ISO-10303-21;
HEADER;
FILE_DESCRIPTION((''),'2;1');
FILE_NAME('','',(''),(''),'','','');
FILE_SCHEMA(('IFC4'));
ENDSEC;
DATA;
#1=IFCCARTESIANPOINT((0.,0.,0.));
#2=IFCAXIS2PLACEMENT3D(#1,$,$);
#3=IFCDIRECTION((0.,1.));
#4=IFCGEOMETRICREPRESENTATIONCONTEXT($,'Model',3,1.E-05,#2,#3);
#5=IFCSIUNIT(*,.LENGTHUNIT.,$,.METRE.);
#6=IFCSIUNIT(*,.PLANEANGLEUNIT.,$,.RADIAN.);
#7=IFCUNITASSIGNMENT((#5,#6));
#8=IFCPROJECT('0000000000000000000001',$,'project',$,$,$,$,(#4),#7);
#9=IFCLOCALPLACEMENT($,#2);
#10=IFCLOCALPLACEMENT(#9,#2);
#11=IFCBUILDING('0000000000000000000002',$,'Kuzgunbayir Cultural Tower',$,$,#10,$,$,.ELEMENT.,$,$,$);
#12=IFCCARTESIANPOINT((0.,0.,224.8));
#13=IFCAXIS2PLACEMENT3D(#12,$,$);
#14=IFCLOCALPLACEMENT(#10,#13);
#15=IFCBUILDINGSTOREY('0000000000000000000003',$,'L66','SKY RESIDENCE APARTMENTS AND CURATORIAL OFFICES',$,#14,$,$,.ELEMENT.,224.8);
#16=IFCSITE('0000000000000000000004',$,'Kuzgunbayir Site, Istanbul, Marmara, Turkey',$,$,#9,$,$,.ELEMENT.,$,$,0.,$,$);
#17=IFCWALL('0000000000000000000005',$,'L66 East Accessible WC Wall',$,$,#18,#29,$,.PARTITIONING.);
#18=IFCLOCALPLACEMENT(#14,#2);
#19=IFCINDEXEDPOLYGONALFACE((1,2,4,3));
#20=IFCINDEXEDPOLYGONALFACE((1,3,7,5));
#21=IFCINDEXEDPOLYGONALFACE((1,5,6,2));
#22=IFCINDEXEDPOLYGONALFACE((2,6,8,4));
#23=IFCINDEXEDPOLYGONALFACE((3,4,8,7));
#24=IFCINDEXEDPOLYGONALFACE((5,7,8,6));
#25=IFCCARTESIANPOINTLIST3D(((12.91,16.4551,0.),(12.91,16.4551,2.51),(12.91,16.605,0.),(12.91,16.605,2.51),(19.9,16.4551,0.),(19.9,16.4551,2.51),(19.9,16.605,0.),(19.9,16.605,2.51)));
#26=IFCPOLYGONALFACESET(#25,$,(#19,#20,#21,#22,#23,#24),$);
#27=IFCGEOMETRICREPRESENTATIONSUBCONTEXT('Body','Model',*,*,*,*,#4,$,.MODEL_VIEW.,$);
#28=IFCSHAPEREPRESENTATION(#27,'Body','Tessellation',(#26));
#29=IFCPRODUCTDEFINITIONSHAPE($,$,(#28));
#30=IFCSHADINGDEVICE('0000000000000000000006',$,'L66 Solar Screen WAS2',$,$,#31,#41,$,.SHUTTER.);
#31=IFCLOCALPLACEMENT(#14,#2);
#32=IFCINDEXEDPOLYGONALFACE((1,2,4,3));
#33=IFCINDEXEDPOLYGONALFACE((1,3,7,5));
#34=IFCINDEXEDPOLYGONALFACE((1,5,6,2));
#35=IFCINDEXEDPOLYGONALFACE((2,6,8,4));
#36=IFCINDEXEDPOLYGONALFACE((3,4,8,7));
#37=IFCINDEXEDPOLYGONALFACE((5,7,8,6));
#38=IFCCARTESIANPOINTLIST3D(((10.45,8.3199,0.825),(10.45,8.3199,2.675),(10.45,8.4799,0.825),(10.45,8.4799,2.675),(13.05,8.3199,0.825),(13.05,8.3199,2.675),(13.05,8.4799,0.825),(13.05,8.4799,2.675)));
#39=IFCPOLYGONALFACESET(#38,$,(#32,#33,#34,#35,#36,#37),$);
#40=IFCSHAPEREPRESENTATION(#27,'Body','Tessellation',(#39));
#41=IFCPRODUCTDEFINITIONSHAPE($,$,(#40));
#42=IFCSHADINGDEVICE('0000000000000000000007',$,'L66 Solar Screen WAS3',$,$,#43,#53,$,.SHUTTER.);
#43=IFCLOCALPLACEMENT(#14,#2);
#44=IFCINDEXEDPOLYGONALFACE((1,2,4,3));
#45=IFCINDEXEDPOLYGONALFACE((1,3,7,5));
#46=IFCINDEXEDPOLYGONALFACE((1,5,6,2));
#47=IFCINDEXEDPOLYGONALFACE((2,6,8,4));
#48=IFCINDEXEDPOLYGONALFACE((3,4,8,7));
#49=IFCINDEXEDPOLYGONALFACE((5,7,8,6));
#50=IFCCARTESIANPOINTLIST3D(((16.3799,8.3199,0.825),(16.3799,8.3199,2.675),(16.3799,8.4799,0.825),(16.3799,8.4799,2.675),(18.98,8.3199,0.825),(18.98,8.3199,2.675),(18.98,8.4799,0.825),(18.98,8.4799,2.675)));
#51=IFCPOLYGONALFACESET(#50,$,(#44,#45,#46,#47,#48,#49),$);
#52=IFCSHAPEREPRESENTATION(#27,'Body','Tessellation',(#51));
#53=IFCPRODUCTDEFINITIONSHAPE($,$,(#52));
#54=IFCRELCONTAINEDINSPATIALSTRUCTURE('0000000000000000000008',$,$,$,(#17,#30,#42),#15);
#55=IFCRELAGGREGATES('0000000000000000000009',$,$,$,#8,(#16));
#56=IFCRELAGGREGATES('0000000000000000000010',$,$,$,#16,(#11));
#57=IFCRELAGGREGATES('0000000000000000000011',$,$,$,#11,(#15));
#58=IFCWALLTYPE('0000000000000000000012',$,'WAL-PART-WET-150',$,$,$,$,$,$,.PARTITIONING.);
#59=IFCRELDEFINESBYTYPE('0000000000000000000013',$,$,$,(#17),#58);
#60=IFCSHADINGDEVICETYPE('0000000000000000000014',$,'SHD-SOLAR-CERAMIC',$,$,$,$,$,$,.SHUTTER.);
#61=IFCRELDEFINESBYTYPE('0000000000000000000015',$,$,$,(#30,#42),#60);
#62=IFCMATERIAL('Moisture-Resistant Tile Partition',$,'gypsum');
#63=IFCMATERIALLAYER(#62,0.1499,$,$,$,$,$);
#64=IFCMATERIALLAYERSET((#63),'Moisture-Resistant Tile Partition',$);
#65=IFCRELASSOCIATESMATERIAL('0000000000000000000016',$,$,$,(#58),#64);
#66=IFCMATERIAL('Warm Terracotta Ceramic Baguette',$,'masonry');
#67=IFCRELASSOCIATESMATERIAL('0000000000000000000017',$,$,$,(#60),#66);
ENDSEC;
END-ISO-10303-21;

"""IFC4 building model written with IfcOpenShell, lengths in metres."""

from ifc_helpers import new_model, si_unit, direction, frame, frame_2d, origin, origin_2d, place, context, subcontext, project, spatial, rectangle, extrude, material, layer, layer_set, type_object, element, save


model = new_model("IFC4")

# Units and contexts
model_context = context("Model", 3, precision=1e-05, world=origin(), true_north=direction((0.0, 1.0)))
body_context = subcontext(model_context, "Body", "Model", "MODEL_VIEW")
ifc_project = project(units=[si_unit("LENGTHUNIT", "METRE"), si_unit("PLANEANGLEUNIT", "RADIAN")], contexts=[model_context])

# Site, building, storey
site_placement = place(None, origin())
site = spatial("IfcSite", under=ifc_project, at=site_placement, Name="Kuzgunbayir Site, Istanbul, Marmara, Turkey", CompositionType="ELEMENT", RefElevation=0.0)
building_placement = place(site_placement, origin())
building = spatial("IfcBuilding", under=site, at=building_placement, Name="Kuzgunbayir Cultural Tower", CompositionType="ELEMENT")
storey_placement = place(building_placement, frame((0.0, 0.0, 224.8)))
storey = spatial("IfcBuildingStorey", under=building, at=storey_placement, Name="L66", Description="SKY RESIDENCE APARTMENTS AND CURATORIAL OFFICES", CompositionType="ELEMENT", Elevation=224.8)

# Shared definitions
ifc_material_1 = material(Name="Moisture-Resistant Tile Partition", Category="gypsum")
ifc_layer_1 = layer(ifc_material_1, 0.1499)
ifc_layer_set_1 = layer_set([ifc_layer_1], Name="Moisture-Resistant Tile Partition")
wall_type_1 = type_object("IfcWallType", Name="WAL-PART-WET-150", PredefinedType="PARTITIONING", material=ifc_layer_set_1)

# Wall
wall_1_placement = place(storey_placement, frame((12.9099, 16.53, 0.0), z_axis=(0.0, 0.0, 1.0), x_axis=(1.0, 0.0, 0.0)))
element("IfcWall", 1, at=wall_1_placement, inside=storey, type_object=wall_type_1, Name="L66 East Accessible WC Wall", PredefinedType="PARTITIONING", context=body_context, shape_type="SweptSolid", body=[
    extrude(rectangle(XDim=6.99, YDim=0.1499, at=frame_2d((3.4951, 0.0))), origin(), (0.0, 0.0, 1.0), 2.51),
])

# Shading devices
ifc_material_2 = material(Name="Warm Terracotta Ceramic Baguette", Category="masonry")
shading_device_type = type_object("IfcShadingDeviceType", Name="SHD-SOLAR-CERAMIC", PredefinedType="SHUTTER", material=ifc_material_2)
for number, where, z_axis, x_axis, name in (
    (2, (11.75, 8.3999, 0.825), (0.0, 0.0, 1.0), (1.0, 0.0, 0.0), "L66 Solar Screen WAS2"),
    (3, (17.6799, 8.3999, 0.825), (0.0, 0.0, 1.0), (1.0, 0.0, 0.0), "L66 Solar Screen WAS3"),
):
    element("IfcShadingDevice", number, at=place(storey_placement, frame(where, z_axis=z_axis, x_axis=x_axis)), inside=storey, type_object=shading_device_type, Name=name, PredefinedType="SHUTTER", context=body_context, shape_type="SweptSolid", body=[
        extrude(rectangle(XDim=2.6001, YDim=0.1599, at=origin_2d()), origin(), (0.0, 0.0, 1.0), 1.8501),
    ])

save(model, "model.ifc")
